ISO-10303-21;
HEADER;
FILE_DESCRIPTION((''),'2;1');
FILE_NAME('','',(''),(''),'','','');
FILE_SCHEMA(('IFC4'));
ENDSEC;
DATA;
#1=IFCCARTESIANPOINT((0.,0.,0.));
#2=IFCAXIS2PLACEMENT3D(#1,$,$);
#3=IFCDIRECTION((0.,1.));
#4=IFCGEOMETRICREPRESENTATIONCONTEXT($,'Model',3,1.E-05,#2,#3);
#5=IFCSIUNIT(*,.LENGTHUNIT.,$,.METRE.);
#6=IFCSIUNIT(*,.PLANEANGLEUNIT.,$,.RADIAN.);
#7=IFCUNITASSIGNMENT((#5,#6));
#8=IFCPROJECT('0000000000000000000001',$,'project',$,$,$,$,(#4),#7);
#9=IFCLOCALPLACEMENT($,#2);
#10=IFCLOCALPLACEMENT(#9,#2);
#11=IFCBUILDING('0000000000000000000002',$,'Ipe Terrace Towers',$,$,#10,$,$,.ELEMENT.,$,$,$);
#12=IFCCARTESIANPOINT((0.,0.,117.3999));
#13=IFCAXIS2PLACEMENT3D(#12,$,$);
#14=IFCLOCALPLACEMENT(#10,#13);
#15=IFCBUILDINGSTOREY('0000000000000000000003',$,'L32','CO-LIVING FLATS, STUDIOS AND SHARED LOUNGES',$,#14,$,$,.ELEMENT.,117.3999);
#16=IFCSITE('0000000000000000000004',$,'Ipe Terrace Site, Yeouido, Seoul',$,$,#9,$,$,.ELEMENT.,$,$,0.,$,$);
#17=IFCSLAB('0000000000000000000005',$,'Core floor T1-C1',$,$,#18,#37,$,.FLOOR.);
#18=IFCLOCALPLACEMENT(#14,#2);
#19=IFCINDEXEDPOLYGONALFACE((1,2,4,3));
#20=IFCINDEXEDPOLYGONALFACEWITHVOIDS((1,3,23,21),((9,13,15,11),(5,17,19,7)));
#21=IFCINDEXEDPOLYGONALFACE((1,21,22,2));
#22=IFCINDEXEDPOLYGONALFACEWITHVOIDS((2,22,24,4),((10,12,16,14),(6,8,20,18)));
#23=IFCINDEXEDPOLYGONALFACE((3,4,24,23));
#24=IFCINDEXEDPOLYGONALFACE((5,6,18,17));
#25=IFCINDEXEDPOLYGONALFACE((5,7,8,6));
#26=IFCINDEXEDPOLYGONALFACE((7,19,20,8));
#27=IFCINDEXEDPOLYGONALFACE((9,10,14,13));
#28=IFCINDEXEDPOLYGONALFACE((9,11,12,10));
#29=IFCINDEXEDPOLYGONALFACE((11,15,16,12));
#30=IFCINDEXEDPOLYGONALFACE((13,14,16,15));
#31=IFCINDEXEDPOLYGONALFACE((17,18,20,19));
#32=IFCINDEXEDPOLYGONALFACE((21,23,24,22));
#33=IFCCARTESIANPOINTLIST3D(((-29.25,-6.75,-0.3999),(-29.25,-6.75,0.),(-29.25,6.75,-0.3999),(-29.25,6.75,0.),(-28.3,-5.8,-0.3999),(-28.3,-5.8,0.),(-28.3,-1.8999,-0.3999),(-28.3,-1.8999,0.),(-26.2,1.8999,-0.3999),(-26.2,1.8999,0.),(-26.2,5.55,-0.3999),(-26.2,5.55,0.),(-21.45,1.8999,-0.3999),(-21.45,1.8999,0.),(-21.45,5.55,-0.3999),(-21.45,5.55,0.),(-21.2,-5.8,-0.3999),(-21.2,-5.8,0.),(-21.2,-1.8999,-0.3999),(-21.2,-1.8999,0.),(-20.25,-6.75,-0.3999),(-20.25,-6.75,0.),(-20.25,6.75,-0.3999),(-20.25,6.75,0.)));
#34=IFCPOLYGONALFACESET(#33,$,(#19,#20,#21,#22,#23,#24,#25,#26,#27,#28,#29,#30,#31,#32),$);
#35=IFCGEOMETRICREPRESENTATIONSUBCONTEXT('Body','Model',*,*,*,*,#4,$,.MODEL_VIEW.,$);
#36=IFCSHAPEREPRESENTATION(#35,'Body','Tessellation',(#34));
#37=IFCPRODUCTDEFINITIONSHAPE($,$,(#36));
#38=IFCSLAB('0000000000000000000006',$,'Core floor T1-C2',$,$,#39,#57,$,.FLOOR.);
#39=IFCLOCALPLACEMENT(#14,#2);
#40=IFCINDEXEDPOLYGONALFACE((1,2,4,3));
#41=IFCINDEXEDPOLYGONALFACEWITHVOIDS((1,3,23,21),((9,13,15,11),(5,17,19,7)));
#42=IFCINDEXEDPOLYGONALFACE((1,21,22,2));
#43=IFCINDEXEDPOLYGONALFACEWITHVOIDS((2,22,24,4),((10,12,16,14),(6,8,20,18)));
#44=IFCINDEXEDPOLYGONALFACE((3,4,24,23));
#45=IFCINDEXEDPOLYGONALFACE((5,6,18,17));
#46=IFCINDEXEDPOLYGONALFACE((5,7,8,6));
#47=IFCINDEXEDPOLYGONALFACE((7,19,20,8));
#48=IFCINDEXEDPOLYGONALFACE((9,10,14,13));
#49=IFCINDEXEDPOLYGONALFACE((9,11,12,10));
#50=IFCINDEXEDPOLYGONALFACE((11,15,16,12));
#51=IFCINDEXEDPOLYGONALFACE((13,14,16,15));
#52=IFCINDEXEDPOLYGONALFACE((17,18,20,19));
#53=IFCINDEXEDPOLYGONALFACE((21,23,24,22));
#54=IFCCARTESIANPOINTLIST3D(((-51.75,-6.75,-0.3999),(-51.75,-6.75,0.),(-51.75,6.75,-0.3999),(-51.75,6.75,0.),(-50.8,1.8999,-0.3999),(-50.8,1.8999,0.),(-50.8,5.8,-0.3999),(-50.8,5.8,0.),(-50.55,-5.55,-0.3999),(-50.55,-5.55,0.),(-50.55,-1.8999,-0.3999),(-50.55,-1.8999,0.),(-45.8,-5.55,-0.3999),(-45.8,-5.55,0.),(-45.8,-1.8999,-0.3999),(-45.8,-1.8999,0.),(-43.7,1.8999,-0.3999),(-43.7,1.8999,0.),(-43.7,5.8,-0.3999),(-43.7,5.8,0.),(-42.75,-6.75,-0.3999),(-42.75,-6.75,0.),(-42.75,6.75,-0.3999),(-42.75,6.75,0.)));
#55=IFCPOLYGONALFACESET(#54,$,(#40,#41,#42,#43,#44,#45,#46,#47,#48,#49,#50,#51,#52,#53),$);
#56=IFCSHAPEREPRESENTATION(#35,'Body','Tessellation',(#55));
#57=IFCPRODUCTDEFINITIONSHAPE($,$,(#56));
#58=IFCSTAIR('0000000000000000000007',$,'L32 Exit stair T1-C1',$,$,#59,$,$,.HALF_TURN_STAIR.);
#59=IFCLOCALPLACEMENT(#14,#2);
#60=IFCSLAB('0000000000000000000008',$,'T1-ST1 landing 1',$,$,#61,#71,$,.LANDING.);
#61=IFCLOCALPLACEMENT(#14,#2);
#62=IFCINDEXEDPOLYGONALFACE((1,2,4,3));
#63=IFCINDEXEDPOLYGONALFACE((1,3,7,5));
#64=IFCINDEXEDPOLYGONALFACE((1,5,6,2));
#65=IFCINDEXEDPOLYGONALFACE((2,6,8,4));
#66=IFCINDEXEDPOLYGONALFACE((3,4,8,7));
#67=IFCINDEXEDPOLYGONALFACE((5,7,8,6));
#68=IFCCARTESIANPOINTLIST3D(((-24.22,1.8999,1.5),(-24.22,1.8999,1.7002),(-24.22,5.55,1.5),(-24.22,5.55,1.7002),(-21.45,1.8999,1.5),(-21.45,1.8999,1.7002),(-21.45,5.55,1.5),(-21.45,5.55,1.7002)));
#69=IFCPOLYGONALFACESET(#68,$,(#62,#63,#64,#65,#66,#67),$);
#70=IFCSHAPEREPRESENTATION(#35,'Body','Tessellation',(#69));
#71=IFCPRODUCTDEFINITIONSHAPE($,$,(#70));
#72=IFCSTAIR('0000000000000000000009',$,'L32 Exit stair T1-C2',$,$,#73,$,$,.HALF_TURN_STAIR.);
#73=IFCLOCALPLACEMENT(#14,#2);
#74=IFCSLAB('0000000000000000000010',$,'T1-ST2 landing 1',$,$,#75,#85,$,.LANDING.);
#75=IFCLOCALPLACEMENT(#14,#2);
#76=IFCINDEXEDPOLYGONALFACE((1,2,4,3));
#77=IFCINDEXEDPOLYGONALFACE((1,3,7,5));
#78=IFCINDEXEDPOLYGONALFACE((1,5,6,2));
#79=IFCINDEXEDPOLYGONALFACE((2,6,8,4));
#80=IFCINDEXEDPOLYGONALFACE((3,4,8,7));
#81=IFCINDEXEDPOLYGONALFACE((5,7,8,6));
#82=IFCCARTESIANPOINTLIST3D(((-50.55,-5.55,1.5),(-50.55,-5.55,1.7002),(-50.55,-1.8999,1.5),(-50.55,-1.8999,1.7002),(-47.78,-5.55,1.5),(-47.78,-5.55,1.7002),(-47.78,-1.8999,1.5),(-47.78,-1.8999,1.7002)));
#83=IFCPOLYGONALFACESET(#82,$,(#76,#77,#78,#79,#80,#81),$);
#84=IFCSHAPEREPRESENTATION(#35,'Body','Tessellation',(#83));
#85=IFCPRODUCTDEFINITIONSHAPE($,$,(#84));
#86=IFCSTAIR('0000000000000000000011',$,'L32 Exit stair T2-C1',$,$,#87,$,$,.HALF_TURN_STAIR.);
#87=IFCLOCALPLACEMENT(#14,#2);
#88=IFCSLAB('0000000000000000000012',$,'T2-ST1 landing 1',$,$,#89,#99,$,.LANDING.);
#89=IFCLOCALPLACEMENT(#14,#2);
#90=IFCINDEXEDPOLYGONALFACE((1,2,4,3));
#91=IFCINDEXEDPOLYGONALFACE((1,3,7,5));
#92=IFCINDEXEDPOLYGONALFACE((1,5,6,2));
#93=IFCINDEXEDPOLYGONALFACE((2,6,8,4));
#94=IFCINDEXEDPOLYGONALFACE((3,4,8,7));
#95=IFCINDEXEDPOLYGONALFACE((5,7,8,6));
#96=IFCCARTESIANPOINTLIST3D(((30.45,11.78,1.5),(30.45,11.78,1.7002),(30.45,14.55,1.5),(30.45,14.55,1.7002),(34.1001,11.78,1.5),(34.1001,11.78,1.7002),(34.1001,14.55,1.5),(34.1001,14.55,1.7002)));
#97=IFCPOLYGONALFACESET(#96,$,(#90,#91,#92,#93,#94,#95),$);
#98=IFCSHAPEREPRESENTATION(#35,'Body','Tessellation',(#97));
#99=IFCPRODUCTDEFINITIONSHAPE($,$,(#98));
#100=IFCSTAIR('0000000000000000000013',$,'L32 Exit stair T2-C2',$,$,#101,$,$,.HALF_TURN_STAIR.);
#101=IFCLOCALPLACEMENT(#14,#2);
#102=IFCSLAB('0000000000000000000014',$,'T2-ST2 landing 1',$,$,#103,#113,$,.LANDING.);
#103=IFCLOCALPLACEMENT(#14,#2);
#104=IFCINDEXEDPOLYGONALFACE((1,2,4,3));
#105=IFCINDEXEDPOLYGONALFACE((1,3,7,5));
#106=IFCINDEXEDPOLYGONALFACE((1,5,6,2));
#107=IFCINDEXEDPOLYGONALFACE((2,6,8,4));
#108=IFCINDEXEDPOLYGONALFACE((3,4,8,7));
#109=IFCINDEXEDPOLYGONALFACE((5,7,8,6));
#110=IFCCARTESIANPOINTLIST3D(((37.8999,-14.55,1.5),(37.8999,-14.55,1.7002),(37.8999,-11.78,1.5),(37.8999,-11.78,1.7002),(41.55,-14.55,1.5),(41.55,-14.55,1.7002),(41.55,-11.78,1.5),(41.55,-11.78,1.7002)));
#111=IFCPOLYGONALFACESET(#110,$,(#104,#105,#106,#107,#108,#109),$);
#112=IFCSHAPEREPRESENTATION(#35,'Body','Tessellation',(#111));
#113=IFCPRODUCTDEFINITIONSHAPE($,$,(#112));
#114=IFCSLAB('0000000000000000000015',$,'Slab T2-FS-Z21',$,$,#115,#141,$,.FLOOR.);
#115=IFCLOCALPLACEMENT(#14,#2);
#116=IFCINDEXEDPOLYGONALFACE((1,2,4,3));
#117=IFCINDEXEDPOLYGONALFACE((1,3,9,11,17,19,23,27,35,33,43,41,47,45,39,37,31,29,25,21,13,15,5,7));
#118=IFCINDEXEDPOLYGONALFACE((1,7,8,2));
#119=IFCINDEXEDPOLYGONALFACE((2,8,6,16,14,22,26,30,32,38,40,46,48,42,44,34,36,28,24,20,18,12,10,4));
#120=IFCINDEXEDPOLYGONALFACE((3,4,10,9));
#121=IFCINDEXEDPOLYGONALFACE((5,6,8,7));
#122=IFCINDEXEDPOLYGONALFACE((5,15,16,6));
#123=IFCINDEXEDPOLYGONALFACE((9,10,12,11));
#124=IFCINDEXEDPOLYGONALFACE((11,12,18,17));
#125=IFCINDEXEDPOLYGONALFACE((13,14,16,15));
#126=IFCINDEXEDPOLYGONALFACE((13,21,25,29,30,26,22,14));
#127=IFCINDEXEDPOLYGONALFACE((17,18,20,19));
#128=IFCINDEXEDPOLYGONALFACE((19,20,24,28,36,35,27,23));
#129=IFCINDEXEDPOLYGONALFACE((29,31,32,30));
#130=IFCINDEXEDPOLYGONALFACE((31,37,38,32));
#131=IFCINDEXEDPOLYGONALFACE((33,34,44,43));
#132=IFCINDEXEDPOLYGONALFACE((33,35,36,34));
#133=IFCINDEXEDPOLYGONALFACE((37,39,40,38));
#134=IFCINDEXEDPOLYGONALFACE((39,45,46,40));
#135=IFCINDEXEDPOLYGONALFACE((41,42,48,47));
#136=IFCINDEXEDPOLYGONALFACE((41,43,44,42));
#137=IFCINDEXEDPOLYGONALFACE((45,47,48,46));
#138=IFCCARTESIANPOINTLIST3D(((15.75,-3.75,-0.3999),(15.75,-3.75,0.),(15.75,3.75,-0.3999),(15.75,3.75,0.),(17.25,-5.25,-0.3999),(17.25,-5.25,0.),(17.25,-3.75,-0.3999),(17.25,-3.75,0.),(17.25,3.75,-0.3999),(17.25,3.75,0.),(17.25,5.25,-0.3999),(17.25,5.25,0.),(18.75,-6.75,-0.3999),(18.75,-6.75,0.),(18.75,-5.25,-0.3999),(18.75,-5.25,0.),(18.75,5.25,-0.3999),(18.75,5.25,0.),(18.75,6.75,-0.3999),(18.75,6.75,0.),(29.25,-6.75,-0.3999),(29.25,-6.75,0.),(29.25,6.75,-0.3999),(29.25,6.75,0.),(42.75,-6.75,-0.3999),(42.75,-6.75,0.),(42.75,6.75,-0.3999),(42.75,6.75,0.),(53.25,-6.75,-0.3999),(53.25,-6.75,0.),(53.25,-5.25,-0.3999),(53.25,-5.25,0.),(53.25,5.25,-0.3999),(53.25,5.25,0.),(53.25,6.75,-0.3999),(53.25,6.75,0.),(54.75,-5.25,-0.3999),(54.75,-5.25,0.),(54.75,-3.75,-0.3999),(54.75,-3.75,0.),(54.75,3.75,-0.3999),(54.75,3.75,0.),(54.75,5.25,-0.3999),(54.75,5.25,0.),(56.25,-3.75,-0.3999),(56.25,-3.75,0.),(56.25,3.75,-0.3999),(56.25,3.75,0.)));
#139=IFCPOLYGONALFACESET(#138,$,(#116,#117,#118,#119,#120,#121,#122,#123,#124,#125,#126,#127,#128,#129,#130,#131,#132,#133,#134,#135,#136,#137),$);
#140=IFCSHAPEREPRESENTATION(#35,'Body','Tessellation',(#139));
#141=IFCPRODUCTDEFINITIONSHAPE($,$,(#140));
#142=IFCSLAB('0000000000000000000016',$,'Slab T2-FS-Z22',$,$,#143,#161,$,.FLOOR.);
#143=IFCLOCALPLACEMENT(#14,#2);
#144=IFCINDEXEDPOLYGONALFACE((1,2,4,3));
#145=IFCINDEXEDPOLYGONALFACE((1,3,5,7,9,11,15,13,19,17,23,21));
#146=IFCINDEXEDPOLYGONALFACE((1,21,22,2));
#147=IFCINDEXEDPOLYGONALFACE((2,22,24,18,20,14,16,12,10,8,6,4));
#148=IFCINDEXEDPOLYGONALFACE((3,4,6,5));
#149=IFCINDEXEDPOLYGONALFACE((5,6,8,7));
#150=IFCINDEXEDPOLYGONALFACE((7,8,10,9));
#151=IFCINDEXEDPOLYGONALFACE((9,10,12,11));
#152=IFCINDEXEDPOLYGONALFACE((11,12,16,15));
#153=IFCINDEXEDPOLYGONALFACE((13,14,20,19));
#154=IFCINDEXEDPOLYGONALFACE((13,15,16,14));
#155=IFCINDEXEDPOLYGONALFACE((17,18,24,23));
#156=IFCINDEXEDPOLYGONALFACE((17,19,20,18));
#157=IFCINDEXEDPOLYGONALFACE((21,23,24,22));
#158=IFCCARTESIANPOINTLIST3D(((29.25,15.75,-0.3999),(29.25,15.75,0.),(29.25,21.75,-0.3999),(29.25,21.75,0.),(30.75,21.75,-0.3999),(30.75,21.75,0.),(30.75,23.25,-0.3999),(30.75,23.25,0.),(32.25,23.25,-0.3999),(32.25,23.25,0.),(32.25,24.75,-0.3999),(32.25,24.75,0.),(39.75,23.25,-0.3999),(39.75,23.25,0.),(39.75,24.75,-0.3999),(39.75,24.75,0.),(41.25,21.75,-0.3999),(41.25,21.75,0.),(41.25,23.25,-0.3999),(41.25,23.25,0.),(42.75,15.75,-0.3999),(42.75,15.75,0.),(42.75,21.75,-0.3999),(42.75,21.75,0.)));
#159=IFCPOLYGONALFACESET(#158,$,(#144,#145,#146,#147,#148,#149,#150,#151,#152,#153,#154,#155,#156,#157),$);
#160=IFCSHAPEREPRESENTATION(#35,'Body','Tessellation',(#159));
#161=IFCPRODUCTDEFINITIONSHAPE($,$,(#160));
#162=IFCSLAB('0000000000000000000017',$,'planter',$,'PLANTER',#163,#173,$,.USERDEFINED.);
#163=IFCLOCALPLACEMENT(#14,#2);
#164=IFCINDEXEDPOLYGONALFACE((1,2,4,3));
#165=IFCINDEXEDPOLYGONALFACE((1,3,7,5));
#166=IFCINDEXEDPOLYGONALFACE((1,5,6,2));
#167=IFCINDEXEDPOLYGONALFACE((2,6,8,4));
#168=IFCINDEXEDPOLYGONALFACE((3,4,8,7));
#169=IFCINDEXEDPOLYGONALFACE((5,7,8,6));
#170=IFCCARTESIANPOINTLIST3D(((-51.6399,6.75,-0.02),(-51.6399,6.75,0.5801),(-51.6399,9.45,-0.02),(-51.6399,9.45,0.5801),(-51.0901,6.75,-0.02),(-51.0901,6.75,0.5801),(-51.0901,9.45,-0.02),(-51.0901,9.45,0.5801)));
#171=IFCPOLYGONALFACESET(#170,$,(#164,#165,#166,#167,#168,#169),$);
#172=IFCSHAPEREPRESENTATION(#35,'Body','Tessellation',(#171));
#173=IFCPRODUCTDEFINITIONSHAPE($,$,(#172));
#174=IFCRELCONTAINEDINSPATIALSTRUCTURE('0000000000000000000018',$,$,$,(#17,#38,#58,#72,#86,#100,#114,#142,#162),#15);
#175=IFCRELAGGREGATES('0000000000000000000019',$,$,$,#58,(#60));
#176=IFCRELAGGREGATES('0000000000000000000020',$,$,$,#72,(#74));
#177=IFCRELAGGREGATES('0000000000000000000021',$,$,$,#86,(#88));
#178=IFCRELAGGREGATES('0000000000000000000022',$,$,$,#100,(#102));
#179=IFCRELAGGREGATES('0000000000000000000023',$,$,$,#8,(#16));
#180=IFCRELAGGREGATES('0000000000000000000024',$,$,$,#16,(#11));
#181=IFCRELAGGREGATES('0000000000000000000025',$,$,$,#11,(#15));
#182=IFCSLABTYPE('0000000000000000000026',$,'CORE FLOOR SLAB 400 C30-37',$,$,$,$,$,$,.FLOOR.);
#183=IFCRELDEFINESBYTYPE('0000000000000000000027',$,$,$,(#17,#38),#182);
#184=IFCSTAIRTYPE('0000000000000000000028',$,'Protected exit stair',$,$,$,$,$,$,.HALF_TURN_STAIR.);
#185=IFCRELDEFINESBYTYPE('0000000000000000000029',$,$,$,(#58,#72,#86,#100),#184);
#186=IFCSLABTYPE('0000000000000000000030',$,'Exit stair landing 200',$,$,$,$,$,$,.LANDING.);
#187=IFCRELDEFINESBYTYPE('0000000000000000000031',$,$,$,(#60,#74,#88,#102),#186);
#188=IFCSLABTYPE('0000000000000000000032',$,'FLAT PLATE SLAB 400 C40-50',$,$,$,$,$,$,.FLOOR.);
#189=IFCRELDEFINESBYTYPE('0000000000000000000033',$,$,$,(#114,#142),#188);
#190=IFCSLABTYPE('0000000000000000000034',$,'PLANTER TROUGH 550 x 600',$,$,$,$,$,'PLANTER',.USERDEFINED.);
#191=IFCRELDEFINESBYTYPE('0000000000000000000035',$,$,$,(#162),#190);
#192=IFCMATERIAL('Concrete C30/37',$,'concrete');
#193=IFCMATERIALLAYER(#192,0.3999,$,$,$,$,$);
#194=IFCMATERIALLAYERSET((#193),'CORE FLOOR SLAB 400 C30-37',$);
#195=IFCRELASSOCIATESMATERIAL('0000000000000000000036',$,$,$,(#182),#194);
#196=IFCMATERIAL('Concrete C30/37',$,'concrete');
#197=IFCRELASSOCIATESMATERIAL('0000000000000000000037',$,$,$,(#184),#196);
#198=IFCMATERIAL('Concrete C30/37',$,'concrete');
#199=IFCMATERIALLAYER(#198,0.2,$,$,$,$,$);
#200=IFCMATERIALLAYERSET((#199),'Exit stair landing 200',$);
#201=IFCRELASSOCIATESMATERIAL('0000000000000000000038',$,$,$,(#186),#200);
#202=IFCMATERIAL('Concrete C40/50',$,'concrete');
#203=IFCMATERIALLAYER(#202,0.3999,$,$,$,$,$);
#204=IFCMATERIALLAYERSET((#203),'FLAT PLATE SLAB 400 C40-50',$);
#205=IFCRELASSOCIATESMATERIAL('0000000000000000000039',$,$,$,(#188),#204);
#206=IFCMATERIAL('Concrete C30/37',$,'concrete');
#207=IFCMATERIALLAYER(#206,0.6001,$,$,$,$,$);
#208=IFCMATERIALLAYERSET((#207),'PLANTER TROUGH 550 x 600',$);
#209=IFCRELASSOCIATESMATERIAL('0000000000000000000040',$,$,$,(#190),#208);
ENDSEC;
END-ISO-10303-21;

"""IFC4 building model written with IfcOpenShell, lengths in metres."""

from ifc_helpers import new_model, si_unit, direction, frame, origin, place, context, subcontext, project, spatial, polyline, outline, extrude, material, layer, layer_set, type_object, element, aggregate, save


model = new_model("IFC4")

# Units and contexts
model_context = context("Model", 3, precision=1e-05, world=origin(), true_north=direction((0.0, 1.0)))
body_context = subcontext(model_context, "Body", "Model", "MODEL_VIEW")
ifc_project = project(units=[si_unit("LENGTHUNIT", "METRE"), si_unit("PLANEANGLEUNIT", "RADIAN")], contexts=[model_context])

# Site, building, storey
site_placement = place(None, origin())
site = spatial("IfcSite", under=ifc_project, at=site_placement, Name="Ipe Terrace Site, Yeouido, Seoul", CompositionType="ELEMENT", RefElevation=0.0)
building_placement = place(site_placement, origin())
building = spatial("IfcBuilding", under=site, at=building_placement, Name="Ipe Terrace Towers", CompositionType="ELEMENT")
storey_placement = place(building_placement, frame((0.0, 0.0, 117.3999)))
storey = spatial("IfcBuildingStorey", under=building, at=storey_placement, Name="L32", Description="CO-LIVING FLATS, STUDIOS AND SHARED LOUNGES", CompositionType="ELEMENT", Elevation=117.3999)

# Slabs
ifc_material_1 = material(Name="Concrete C30/37", Category="concrete")
ifc_layer_1 = layer(ifc_material_1, 0.3999)
ifc_layer_set_1 = layer_set([ifc_layer_1], Name="CORE FLOOR SLAB 400 C30-37")
slab_type_1 = type_object("IfcSlabType", Name="CORE FLOOR SLAB 400 C30-37", PredefinedType="FLOOR", material=ifc_layer_set_1)
slab_1_placement = place(storey_placement, frame((0.0, 0.0, -0.3999)))
element("IfcSlab", 1, at=slab_1_placement, inside=storey, type_object=slab_type_1, Name="Core floor T1-C1", PredefinedType="FLOOR", context=body_context, shape_type="SweptSolid", body=[
    extrude(outline(polyline([(-29.25, -6.75), (-29.25, 6.75), (-20.25, 6.75), (-20.25, -6.75), (-29.25, -6.75)]), holes=[polyline([(-28.3, -5.8), (-21.2, -5.8), (-21.2, -1.8999), (-28.3, -1.8999), (-28.3, -5.8)]), polyline([(-26.2, 5.55), (-26.2, 1.8999), (-21.45, 1.8999), (-21.45, 5.55), (-26.2, 5.55)])]), origin(), (0.0, 0.0, 1.0), 0.3999),
])
slab_2_placement = place(storey_placement, frame((0.0, 0.0, -0.3999)))
element("IfcSlab", 2, at=slab_2_placement, inside=storey, type_object=slab_type_1, Name="Core floor T1-C2", PredefinedType="FLOOR", context=body_context, shape_type="SweptSolid", body=[
    extrude(outline(polyline([(-51.75, -6.75), (-51.75, 6.75), (-42.75, 6.75), (-42.75, -6.75), (-51.75, -6.75)]), holes=[polyline([(-45.8, -5.55), (-45.8, -1.8999), (-50.55, -1.8999), (-50.55, -5.55), (-45.8, -5.55)]), polyline([(-50.8, 1.8999), (-43.7, 1.8999), (-43.7, 5.8), (-50.8, 5.8), (-50.8, 1.8999)])]), origin(), (0.0, 0.0, 1.0), 0.3999),
])

# Stairs, slabs
ifc_material_2 = material(Name="Concrete C30/37", Category="concrete")
stair_type = type_object("IfcStairType", Name="Protected exit stair", PredefinedType="HALF_TURN_STAIR", material=ifc_material_2)
stair_1_placement = place(storey_placement, origin())
stair_1 = element("IfcStair", 3, at=stair_1_placement, inside=storey, type_object=stair_type, Name="L32 Exit stair T1-C1", PredefinedType="HALF_TURN_STAIR")
ifc_material_3 = material(Name="Concrete C30/37", Category="concrete")
ifc_layer_2 = layer(ifc_material_3, 0.2)
ifc_layer_set_2 = layer_set([ifc_layer_2], Name="Exit stair landing 200")
slab_type_2 = type_object("IfcSlabType", Name="Exit stair landing 200", PredefinedType="LANDING", material=ifc_layer_set_2)
slab_3_placement = place(storey_placement, frame((0.0, 0.0, 1.5)))
slab_3 = element("IfcSlab", 4, at=slab_3_placement, type_object=slab_type_2, Name="T1-ST1 landing 1", PredefinedType="LANDING", context=body_context, shape_type="SweptSolid", body=[
    extrude(outline(polyline([(-24.22, 1.8999), (-21.45, 1.8999), (-21.45, 5.55), (-24.22, 5.55), (-24.22, 1.8999)])), origin(), (0.0, 0.0, 1.0), 0.2002),
])
aggregate(stair_1, [slab_3])
stair_2_placement = place(storey_placement, origin())
stair_2 = element("IfcStair", 5, at=stair_2_placement, inside=storey, type_object=stair_type, Name="L32 Exit stair T1-C2", PredefinedType="HALF_TURN_STAIR")
slab_4_placement = place(storey_placement, frame((0.0, 0.0, 1.5)))
slab_4 = element("IfcSlab", 6, at=slab_4_placement, type_object=slab_type_2, Name="T1-ST2 landing 1", PredefinedType="LANDING", context=body_context, shape_type="SweptSolid", body=[
    extrude(outline(polyline([(-47.78, -1.8999), (-50.55, -1.8999), (-50.55, -5.55), (-47.78, -5.55), (-47.78, -1.8999)])), origin(), (0.0, 0.0, 1.0), 0.2002),
])
aggregate(stair_2, [slab_4])
stair_3_placement = place(storey_placement, origin())
stair_3 = element("IfcStair", 7, at=stair_3_placement, inside=storey, type_object=stair_type, Name="L32 Exit stair T2-C1", PredefinedType="HALF_TURN_STAIR")
slab_5_placement = place(storey_placement, frame((0.0, 0.0, 1.5)))
slab_5 = element("IfcSlab", 8, at=slab_5_placement, type_object=slab_type_2, Name="T2-ST1 landing 1", PredefinedType="LANDING", context=body_context, shape_type="SweptSolid", body=[
    extrude(outline(polyline([(34.1001, 11.78), (34.1001, 14.55), (30.45, 14.55), (30.45, 11.78), (34.1001, 11.78)])), origin(), (0.0, 0.0, 1.0), 0.2002),
])
aggregate(stair_3, [slab_5])
stair_4_placement = place(storey_placement, origin())
stair_4 = element("IfcStair", 9, at=stair_4_placement, inside=storey, type_object=stair_type, Name="L32 Exit stair T2-C2", PredefinedType="HALF_TURN_STAIR")
slab_6_placement = place(storey_placement, frame((0.0, 0.0, 1.5)))
slab_6 = element("IfcSlab", 10, at=slab_6_placement, type_object=slab_type_2, Name="T2-ST2 landing 1", PredefinedType="LANDING", context=body_context, shape_type="SweptSolid", body=[
    extrude(outline(polyline([(37.8999, -11.78), (37.8999, -14.55), (41.55, -14.55), (41.55, -11.78), (37.8999, -11.78)])), origin(), (0.0, 0.0, 1.0), 0.2002),
])
aggregate(stair_4, [slab_6])

# Slabs
ifc_material_4 = material(Name="Concrete C40/50", Category="concrete")
ifc_layer_3 = layer(ifc_material_4, 0.3999)
ifc_layer_set_3 = layer_set([ifc_layer_3], Name="FLAT PLATE SLAB 400 C40-50")
slab_type_3 = type_object("IfcSlabType", Name="FLAT PLATE SLAB 400 C40-50", PredefinedType="FLOOR", material=ifc_layer_set_3)
slab_7_placement = place(storey_placement, frame((0.0, 0.0, -0.3999)))
element("IfcSlab", 11, at=slab_7_placement, inside=storey, type_object=slab_type_3, Name="Slab T2-FS-Z21", PredefinedType="FLOOR", context=body_context, shape_type="SweptSolid", body=[
    extrude(outline(polyline([(53.25, 5.25), (54.75, 5.25), (54.75, 3.75), (56.25, 3.75), (56.25, -3.75), (54.75, -3.75), (54.75, -5.25), (53.25, -5.25), (53.25, -6.75), (42.75, -6.75), (29.25, -6.75), (18.75, -6.75), (18.75, -5.25), (17.25, -5.25), (17.25, -3.75), (15.75, -3.75), (15.75, 3.75), (17.25, 3.75), (17.25, 5.25), (18.75, 5.25), (18.75, 6.75), (29.25, 6.75), (42.75, 6.75), (53.25, 6.75), (53.25, 5.25)])), origin(), (0.0, 0.0, 1.0), 0.3999),
])
slab_8_placement = place(storey_placement, frame((0.0, 0.0, -0.3999)))
element("IfcSlab", 12, at=slab_8_placement, inside=storey, type_object=slab_type_3, Name="Slab T2-FS-Z22", PredefinedType="FLOOR", context=body_context, shape_type="SweptSolid", body=[
    extrude(outline(polyline([(30.75, 21.75), (30.75, 23.25), (32.25, 23.25), (32.25, 24.75), (39.75, 24.75), (39.75, 23.25), (41.25, 23.25), (41.25, 21.75), (42.75, 21.75), (42.75, 15.75), (29.25, 15.75), (29.25, 21.75), (30.75, 21.75)])), origin(), (0.0, 0.0, 1.0), 0.3999),
])
ifc_material_5 = material(Name="Concrete C30/37", Category="concrete")
ifc_layer_4 = layer(ifc_material_5, 0.6001)
ifc_layer_set_4 = layer_set([ifc_layer_4], Name="PLANTER TROUGH 550 x 600")
slab_type_4 = type_object("IfcSlabType", Name="PLANTER TROUGH 550 x 600", ElementType="PLANTER", PredefinedType="USERDEFINED", material=ifc_layer_set_4)
slab_9_placement = place(storey_placement, frame((0.0, 0.0, -0.02)))
element("IfcSlab", 13, at=slab_9_placement, inside=storey, type_object=slab_type_4, Name="planter", ObjectType="PLANTER", PredefinedType="USERDEFINED", context=body_context, shape_type="SweptSolid", body=[
    extrude(outline(polyline([(-51.6399, 6.75), (-51.0901, 6.75), (-51.0901, 9.45), (-51.6399, 9.45), (-51.6399, 6.75)])), origin(), (0.0, 0.0, 1.0), 0.6001),
])

save(model, "model.ifc")
